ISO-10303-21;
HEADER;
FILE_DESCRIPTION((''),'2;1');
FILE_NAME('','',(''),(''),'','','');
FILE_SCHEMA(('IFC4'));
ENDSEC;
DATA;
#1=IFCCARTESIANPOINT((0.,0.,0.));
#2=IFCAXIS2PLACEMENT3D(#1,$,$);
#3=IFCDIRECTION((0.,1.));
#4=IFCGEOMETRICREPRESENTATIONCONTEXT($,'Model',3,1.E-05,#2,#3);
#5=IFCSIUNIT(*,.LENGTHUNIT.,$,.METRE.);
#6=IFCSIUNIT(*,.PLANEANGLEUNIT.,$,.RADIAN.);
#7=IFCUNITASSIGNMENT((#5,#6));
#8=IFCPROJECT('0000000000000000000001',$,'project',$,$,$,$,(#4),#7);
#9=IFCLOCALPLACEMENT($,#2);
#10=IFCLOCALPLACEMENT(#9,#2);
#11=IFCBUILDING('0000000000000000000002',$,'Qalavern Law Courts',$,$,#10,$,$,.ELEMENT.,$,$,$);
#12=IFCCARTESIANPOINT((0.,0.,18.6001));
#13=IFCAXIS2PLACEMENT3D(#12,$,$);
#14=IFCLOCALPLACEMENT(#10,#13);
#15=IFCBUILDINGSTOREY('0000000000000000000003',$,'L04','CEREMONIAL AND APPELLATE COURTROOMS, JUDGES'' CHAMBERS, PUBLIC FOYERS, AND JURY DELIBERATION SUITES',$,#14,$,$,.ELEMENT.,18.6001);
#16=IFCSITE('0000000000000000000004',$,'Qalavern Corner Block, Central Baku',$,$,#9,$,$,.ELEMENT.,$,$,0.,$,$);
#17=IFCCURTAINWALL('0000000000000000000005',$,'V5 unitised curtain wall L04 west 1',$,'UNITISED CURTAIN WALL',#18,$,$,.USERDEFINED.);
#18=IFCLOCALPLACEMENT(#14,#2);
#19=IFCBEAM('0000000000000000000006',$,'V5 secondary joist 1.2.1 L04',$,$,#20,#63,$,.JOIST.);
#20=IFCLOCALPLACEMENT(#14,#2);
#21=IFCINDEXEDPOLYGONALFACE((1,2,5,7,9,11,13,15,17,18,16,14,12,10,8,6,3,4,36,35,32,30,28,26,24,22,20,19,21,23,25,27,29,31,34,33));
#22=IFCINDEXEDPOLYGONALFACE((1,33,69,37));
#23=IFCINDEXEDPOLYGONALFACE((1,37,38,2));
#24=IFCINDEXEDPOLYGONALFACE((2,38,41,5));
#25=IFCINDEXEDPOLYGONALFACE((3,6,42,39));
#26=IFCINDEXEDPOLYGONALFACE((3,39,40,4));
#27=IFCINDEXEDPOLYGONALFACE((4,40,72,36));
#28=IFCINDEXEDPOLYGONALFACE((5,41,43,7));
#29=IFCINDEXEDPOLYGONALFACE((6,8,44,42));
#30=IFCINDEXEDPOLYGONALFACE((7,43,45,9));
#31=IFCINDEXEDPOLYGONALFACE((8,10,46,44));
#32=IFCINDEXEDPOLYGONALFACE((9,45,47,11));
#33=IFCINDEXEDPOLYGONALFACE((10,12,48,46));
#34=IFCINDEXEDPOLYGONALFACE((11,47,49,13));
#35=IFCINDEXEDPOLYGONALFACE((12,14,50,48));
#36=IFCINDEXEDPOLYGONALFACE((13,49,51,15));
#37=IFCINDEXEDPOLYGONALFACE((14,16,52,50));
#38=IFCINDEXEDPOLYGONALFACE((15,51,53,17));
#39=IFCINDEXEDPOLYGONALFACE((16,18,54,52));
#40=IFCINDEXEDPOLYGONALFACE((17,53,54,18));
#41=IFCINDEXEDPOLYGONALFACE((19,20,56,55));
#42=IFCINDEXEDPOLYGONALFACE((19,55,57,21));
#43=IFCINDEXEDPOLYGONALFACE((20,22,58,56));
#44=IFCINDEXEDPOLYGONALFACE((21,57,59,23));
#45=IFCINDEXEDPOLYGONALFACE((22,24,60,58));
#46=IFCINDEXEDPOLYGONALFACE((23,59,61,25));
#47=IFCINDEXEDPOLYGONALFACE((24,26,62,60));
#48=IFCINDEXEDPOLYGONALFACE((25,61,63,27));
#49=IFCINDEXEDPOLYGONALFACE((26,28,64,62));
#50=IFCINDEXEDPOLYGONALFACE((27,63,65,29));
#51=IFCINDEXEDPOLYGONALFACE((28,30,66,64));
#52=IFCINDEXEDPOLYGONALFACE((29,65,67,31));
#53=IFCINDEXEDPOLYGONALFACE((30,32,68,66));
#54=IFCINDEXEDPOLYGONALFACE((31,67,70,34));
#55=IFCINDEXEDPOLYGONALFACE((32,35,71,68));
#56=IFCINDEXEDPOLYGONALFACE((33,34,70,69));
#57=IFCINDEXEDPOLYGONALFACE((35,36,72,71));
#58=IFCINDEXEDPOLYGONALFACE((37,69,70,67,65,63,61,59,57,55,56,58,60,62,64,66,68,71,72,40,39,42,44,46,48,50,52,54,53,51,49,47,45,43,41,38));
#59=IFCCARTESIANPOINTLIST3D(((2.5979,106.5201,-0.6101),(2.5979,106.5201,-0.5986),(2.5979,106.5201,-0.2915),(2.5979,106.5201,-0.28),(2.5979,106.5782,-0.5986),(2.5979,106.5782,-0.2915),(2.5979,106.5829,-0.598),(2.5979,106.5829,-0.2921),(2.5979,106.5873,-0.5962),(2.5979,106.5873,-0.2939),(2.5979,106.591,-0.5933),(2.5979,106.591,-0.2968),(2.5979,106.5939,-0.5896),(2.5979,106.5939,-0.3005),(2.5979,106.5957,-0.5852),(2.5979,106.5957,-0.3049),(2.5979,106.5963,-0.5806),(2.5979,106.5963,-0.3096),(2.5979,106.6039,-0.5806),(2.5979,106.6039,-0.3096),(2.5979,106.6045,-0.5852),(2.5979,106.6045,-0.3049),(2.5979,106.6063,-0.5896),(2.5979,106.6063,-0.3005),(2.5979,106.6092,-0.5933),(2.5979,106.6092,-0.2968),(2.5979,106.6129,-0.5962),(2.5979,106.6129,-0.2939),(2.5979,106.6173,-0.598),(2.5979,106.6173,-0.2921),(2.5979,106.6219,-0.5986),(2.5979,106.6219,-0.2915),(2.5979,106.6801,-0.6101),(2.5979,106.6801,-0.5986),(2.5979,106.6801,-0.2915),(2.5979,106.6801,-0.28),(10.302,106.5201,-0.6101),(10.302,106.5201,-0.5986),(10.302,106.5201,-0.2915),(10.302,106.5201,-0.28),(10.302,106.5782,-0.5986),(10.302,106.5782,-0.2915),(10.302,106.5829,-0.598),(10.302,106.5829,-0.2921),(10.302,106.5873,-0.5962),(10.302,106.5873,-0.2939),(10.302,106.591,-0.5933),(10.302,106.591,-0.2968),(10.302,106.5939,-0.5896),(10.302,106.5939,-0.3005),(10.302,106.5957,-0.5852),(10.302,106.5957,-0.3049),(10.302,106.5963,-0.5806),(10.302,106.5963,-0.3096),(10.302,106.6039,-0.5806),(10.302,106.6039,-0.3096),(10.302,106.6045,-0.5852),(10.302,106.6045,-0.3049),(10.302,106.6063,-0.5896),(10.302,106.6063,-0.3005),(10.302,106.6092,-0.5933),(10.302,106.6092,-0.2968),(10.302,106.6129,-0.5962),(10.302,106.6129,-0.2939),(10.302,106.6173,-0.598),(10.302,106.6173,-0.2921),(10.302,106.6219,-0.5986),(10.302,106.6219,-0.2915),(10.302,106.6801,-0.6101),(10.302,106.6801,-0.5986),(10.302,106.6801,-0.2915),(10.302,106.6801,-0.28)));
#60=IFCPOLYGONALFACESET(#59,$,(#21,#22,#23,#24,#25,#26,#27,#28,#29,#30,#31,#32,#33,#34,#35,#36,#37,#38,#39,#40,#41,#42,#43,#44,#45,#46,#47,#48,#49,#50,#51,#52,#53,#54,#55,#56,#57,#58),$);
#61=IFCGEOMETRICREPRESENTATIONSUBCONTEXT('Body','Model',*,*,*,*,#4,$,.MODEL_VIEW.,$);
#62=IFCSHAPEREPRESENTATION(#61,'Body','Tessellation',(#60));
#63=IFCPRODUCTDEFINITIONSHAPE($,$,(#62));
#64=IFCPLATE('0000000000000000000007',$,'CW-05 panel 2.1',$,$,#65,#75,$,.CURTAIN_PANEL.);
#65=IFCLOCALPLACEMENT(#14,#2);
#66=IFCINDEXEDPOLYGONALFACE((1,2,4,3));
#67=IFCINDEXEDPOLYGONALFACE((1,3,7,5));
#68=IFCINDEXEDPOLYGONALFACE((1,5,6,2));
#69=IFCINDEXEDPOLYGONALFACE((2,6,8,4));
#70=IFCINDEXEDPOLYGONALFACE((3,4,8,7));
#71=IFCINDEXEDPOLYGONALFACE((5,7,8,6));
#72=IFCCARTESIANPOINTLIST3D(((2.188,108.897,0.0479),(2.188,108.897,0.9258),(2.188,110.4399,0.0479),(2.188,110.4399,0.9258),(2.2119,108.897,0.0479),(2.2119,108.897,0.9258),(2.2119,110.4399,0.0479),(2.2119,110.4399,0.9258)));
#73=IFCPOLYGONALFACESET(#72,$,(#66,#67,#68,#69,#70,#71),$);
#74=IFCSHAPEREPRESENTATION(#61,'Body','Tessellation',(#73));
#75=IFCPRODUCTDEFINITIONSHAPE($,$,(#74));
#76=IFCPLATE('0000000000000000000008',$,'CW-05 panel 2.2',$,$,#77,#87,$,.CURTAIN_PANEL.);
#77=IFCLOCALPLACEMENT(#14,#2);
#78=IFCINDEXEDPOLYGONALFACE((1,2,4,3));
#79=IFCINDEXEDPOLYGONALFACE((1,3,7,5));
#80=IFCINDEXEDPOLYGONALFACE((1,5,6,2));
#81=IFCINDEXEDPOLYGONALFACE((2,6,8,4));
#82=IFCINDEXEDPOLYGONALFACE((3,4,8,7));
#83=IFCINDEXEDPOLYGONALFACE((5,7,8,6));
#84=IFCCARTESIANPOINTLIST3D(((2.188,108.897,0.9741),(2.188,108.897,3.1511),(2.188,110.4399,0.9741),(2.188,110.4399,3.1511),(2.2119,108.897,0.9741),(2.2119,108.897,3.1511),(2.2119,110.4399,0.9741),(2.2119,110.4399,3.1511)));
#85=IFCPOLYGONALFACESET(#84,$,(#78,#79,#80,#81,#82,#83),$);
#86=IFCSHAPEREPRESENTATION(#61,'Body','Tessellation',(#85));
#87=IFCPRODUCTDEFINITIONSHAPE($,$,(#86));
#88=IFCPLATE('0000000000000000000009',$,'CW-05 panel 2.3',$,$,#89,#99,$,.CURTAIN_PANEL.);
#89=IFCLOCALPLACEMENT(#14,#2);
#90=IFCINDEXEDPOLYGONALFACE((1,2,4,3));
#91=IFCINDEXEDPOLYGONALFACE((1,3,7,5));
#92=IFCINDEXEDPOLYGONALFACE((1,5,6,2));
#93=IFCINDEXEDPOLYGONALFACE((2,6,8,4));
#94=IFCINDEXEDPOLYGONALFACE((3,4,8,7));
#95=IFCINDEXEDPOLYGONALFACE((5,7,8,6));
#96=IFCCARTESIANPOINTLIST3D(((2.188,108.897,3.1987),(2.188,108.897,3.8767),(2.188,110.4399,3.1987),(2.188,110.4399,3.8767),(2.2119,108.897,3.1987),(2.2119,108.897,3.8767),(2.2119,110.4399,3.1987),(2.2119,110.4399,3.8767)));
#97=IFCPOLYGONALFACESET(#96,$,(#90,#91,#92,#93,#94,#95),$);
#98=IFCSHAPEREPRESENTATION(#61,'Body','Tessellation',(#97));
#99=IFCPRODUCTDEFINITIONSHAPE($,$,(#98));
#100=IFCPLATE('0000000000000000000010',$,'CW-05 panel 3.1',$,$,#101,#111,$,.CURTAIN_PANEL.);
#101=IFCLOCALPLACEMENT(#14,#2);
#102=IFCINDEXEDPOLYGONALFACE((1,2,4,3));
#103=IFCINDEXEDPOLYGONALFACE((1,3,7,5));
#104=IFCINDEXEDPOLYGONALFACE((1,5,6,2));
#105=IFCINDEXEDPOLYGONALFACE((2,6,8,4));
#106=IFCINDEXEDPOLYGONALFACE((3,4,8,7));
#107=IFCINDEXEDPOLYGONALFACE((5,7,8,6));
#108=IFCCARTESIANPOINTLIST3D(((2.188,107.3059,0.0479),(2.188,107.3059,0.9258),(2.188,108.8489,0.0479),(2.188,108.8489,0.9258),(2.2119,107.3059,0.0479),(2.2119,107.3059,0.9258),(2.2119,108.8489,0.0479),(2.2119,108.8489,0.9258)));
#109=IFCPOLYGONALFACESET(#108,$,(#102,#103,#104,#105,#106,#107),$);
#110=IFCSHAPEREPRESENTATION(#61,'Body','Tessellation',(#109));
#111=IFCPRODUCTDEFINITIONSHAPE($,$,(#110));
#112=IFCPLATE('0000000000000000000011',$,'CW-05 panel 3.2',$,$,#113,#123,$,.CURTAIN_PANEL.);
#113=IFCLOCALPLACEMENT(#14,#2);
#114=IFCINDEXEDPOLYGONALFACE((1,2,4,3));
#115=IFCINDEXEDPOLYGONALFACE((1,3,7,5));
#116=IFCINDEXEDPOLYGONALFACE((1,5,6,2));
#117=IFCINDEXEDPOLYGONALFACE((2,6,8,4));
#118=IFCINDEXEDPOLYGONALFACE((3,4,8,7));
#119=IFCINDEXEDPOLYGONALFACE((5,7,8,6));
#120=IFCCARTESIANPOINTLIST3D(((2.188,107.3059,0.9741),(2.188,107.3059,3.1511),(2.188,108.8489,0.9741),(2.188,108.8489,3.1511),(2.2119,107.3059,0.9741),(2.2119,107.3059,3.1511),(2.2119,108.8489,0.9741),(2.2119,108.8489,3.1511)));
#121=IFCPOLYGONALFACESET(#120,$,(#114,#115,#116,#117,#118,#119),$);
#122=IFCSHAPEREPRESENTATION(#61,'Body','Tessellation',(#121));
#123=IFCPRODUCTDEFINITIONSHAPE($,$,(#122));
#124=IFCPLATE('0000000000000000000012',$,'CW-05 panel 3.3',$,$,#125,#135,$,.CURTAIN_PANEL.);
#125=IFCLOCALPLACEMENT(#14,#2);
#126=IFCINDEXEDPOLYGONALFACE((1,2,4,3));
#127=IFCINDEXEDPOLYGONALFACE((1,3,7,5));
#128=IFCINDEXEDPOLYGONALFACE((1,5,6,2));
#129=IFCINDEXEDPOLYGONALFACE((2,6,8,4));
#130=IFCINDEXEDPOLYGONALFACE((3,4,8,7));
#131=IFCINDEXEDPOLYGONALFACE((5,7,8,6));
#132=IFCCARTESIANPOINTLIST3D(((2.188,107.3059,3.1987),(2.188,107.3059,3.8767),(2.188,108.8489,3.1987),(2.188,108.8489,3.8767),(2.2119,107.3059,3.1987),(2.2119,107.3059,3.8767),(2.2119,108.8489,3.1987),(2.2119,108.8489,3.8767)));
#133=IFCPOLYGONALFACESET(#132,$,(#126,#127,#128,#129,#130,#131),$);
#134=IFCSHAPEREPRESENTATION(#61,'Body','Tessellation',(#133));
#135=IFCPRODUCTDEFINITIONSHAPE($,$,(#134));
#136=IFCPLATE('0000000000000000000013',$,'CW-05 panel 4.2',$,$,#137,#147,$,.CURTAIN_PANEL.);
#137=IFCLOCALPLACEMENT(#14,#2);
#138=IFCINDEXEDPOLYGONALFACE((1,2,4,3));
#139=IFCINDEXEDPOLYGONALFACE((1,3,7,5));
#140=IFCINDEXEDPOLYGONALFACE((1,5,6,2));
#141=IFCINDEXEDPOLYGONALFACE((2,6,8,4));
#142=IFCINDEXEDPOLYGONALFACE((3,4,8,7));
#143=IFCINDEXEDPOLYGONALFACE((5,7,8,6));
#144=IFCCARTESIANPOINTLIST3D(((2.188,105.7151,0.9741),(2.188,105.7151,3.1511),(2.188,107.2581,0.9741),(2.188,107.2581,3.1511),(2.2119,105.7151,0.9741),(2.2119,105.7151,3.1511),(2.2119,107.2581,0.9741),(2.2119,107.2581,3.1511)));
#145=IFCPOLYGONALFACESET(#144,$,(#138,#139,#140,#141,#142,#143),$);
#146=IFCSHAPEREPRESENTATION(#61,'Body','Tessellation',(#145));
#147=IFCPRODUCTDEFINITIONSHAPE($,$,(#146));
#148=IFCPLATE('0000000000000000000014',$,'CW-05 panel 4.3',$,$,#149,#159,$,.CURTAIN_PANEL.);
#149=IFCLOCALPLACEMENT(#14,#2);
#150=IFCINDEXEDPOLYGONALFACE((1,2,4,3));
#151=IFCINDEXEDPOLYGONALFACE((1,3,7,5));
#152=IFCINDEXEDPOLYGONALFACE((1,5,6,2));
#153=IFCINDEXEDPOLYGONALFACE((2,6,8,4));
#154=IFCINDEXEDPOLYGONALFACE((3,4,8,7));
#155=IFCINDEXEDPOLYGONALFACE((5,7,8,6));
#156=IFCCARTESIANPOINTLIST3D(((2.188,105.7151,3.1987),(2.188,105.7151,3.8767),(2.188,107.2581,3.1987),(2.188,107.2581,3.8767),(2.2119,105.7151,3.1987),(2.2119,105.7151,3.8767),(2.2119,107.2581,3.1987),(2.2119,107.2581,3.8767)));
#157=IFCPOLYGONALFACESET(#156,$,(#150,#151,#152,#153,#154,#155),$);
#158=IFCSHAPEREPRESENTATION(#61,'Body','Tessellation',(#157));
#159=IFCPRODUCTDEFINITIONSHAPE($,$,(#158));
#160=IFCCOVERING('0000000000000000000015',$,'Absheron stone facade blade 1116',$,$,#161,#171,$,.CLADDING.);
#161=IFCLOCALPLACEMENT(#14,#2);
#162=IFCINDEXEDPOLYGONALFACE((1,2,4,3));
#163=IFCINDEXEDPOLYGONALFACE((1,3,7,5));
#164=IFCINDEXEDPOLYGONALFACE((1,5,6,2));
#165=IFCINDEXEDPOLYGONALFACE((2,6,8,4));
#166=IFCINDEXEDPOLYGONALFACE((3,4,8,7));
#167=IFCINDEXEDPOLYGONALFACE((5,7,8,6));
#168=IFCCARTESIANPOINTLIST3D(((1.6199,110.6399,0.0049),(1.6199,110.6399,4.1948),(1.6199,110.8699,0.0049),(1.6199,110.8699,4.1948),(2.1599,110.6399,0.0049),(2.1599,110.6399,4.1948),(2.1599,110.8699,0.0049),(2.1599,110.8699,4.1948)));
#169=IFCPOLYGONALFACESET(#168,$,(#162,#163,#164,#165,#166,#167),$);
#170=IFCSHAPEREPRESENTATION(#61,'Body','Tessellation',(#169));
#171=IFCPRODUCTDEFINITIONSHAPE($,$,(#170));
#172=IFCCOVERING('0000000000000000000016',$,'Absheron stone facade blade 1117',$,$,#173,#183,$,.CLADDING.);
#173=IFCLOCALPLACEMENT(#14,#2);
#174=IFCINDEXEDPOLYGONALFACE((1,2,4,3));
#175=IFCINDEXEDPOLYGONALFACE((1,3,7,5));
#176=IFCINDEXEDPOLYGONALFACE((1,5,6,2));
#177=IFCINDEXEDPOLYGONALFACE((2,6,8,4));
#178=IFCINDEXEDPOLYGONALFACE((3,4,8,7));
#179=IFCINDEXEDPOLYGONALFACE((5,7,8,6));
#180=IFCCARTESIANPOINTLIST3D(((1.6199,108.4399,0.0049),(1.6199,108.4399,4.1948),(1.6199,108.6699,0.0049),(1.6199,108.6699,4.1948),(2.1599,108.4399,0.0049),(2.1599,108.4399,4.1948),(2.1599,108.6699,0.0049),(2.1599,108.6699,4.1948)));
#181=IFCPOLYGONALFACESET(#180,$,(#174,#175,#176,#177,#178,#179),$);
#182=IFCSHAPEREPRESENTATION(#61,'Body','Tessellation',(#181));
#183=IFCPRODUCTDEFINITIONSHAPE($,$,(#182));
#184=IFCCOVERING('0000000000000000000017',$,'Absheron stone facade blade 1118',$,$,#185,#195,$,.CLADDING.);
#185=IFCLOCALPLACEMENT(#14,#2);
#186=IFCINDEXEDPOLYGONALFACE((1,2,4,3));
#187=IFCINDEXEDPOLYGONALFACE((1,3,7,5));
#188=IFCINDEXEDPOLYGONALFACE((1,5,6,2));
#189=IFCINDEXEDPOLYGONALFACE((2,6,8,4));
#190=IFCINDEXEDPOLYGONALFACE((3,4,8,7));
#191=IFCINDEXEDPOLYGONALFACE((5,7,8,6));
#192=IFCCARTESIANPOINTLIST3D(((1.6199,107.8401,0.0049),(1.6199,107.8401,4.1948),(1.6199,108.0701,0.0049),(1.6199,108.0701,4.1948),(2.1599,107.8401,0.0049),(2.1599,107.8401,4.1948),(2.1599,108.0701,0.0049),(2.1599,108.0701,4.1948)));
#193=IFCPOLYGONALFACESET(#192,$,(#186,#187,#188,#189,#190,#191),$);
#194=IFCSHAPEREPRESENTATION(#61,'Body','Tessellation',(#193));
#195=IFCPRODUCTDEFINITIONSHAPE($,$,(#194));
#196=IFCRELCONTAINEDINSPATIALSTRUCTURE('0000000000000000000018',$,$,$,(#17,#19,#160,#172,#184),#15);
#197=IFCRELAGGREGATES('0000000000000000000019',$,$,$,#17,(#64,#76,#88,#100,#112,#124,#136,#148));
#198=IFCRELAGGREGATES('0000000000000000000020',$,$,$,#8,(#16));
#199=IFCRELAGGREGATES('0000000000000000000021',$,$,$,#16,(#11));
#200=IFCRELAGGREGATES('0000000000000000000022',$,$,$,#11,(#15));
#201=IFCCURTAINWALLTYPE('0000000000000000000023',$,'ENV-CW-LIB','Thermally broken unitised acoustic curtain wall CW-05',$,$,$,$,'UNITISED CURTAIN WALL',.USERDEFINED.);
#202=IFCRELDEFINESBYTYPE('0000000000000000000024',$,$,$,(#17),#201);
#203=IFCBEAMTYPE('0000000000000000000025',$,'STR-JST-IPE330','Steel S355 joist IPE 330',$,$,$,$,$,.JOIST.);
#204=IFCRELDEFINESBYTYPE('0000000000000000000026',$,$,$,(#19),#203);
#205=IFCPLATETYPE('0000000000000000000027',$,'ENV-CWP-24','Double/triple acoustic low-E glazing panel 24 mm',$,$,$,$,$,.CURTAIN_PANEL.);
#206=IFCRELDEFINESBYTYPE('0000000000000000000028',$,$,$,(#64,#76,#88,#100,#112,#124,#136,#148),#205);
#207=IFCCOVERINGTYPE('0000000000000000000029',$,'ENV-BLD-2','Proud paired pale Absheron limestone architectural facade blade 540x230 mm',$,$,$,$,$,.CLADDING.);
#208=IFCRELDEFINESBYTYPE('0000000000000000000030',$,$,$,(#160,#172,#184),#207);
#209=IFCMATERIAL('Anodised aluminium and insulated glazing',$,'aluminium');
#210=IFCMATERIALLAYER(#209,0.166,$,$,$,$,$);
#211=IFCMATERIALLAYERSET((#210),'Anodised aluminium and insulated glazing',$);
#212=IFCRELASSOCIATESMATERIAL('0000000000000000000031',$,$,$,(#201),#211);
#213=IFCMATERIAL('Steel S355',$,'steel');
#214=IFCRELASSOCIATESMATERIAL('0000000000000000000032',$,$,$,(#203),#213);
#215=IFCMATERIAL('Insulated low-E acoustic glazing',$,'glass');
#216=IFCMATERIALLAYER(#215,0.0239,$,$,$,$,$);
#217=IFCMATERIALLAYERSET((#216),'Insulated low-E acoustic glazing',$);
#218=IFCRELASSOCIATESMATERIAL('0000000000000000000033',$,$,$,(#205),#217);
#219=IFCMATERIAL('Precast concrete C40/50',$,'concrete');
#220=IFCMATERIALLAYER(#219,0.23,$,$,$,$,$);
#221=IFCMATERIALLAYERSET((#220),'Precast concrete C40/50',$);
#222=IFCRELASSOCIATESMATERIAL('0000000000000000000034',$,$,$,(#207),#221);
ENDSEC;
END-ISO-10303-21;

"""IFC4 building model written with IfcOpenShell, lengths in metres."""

from ifc_helpers import new_model, si_unit, direction, frame, origin, origin_2d, place, context, subcontext, project, spatial, rectangle, i_section, extrude, material, layer, layer_set, material_profile, profile_set, type_object, element, aggregate, save


model = new_model("IFC4")

# Units and contexts
model_context = context("Model", 3, precision=1e-05, world=origin(), true_north=direction((0.0, 1.0)))
body_context = subcontext(model_context, "Body", "Model", "MODEL_VIEW")
ifc_project = project(units=[si_unit("LENGTHUNIT", "METRE"), si_unit("PLANEANGLEUNIT", "RADIAN")], contexts=[model_context])

# Site, building, storey
site_placement = place(None, origin())
site = spatial("IfcSite", under=ifc_project, at=site_placement, Name="Qalavern Corner Block, Central Baku", CompositionType="ELEMENT", RefElevation=0.0)
building_placement = place(site_placement, origin())
building = spatial("IfcBuilding", under=site, at=building_placement, Name="Qalavern Law Courts", CompositionType="ELEMENT")
storey_placement = place(building_placement, frame((0.0, 0.0, 18.6001)))
storey = spatial("IfcBuildingStorey", under=building, at=storey_placement, Name="L04", Description="CEREMONIAL AND APPELLATE COURTROOMS, JUDGES' CHAMBERS, PUBLIC FOYERS, AND JURY DELIBERATION SUITES", CompositionType="ELEMENT", Elevation=18.6001)

# Curtain wall
ifc_material_1 = material(Name="Anodised aluminium and insulated glazing", Category="aluminium")
ifc_layer_1 = layer(ifc_material_1, 0.166)
ifc_layer_set_1 = layer_set([ifc_layer_1], Name="Anodised aluminium and insulated glazing")
curtain_wall_type = type_object("IfcCurtainWallType", Name="ENV-CW-LIB", Description="Thermally broken unitised acoustic curtain wall CW-05", ElementType="UNITISED CURTAIN WALL", PredefinedType="USERDEFINED", material=ifc_layer_set_1)
curtain_wall_placement = place(storey_placement, origin())
curtain_wall = element("IfcCurtainWall", 1, at=curtain_wall_placement, inside=storey, type_object=curtain_wall_type, Name="V5 unitised curtain wall L04 west 1", ObjectType="UNITISED CURTAIN WALL", PredefinedType="USERDEFINED")

# Beam
ifc_material_2 = material(Name="Steel S355", Category="steel")
ifc_material_profile_1 = material_profile(ifc_material_2, i_section(OverallWidth=0.1599, OverallDepth=0.3301, WebThickness=0.0076, FlangeThickness=0.0115, FilletRadius=0.0181, at=origin_2d()), Name="IPE 330")
ifc_profile_set_1 = profile_set([ifc_material_profile_1], Name="Steel S355")
beam_type_1 = type_object("IfcBeamType", Name="STR-JST-IPE330", Description="Steel S355 joist IPE 330", PredefinedType="JOIST", material=ifc_profile_set_1)
beam_1_placement = place(storey_placement, frame((2.5979, 106.6001, -0.4451), z_axis=(1.0, 0.0, 0.0), x_axis=(0.0, 1.0, 0.0)))
element("IfcBeam", 2, at=beam_1_placement, inside=storey, type_object=beam_type_1, Name="V5 secondary joist 1.2.1 L04", PredefinedType="JOIST", context=body_context, shape_type="SweptSolid", body=[
    extrude(i_section(OverallWidth=0.1599, OverallDepth=0.3301, WebThickness=0.0076, FlangeThickness=0.0115, FilletRadius=0.0181, at=origin_2d()), origin(), (0.0, 0.0, 1.0), 7.7041),
])

# Plates
ifc_material_3 = material(Name="Insulated low-E acoustic glazing", Category="glass")
ifc_layer_2 = layer(ifc_material_3, 0.0239)
ifc_layer_set_2 = layer_set([ifc_layer_2], Name="Insulated low-E acoustic glazing")
plate_type = type_object("IfcPlateType", Name="ENV-CWP-24", Description="Double/triple acoustic low-E glazing panel 24 mm", PredefinedType="CURTAIN_PANEL", material=ifc_layer_set_2)
plate_1_placement = place(storey_placement, frame((2.2, 109.6685, 0.0479), z_axis=(0.0, 0.0, 1.0), x_axis=(0.0, -1.0, 0.0)))
plate_1 = element("IfcPlate", 3, at=plate_1_placement, type_object=plate_type, Name="CW-05 panel 2.1", PredefinedType="CURTAIN_PANEL", context=body_context, shape_type="SweptSolid", body=[
    extrude(rectangle(XDim=1.543, YDim=0.0239, at=origin_2d()), origin(), (0.0, 0.0, 1.0), 0.8779),
])
plate_2_placement = place(storey_placement, frame((2.2, 109.6685, 0.9741), z_axis=(0.0, 0.0, 1.0), x_axis=(0.0, -1.0, 0.0)))
plate_2 = element("IfcPlate", 4, at=plate_2_placement, type_object=plate_type, Name="CW-05 panel 2.2", PredefinedType="CURTAIN_PANEL", context=body_context, shape_type="SweptSolid", body=[
    extrude(rectangle(XDim=1.543, YDim=0.0239, at=origin_2d()), origin(), (0.0, 0.0, 1.0), 2.177),
])
plate_3_placement = place(storey_placement, frame((2.2, 109.6685, 3.1987), z_axis=(0.0, 0.0, 1.0), x_axis=(0.0, -1.0, 0.0)))
plate_3 = element("IfcPlate", 5, at=plate_3_placement, type_object=plate_type, Name="CW-05 panel 2.3", PredefinedType="CURTAIN_PANEL", context=body_context, shape_type="SweptSolid", body=[
    extrude(rectangle(XDim=1.543, YDim=0.0239, at=origin_2d()), origin(), (0.0, 0.0, 1.0), 0.678),
])
plate_4_placement = place(storey_placement, frame((2.2, 108.0774, 0.0479), z_axis=(0.0, 0.0, 1.0), x_axis=(0.0, -1.0, 0.0)))
plate_4 = element("IfcPlate", 6, at=plate_4_placement, type_object=plate_type, Name="CW-05 panel 3.1", PredefinedType="CURTAIN_PANEL", context=body_context, shape_type="SweptSolid", body=[
    extrude(rectangle(XDim=1.543, YDim=0.0239, at=origin_2d()), origin(), (0.0, 0.0, 1.0), 0.8779),
])
plate_5_placement = place(storey_placement, frame((2.2, 108.0774, 0.9741), z_axis=(0.0, 0.0, 1.0), x_axis=(0.0, -1.0, 0.0)))
plate_5 = element("IfcPlate", 7, at=plate_5_placement, type_object=plate_type, Name="CW-05 panel 3.2", PredefinedType="CURTAIN_PANEL", context=body_context, shape_type="SweptSolid", body=[
    extrude(rectangle(XDim=1.543, YDim=0.0239, at=origin_2d()), origin(), (0.0, 0.0, 1.0), 2.177),
])
plate_6_placement = place(storey_placement, frame((2.2, 108.0774, 3.1987), z_axis=(0.0, 0.0, 1.0), x_axis=(0.0, -1.0, 0.0)))
plate_6 = element("IfcPlate", 8, at=plate_6_placement, type_object=plate_type, Name="CW-05 panel 3.3", PredefinedType="CURTAIN_PANEL", context=body_context, shape_type="SweptSolid", body=[
    extrude(rectangle(XDim=1.543, YDim=0.0239, at=origin_2d()), origin(), (0.0, 0.0, 1.0), 0.678),
])
plate_7_placement = place(storey_placement, frame((2.2, 106.4866, 0.9741), z_axis=(0.0, 0.0, 1.0), x_axis=(0.0, -1.0, 0.0)))
plate_7 = element("IfcPlate", 9, at=plate_7_placement, type_object=plate_type, Name="CW-05 panel 4.2", PredefinedType="CURTAIN_PANEL", context=body_context, shape_type="SweptSolid", body=[
    extrude(rectangle(XDim=1.543, YDim=0.0239, at=origin_2d()), origin(), (0.0, 0.0, 1.0), 2.177),
])
plate_8_placement = place(storey_placement, frame((2.2, 106.4866, 3.1987), z_axis=(0.0, 0.0, 1.0), x_axis=(0.0, -1.0, 0.0)))
plate_8 = element("IfcPlate", 10, at=plate_8_placement, type_object=plate_type, Name="CW-05 panel 4.3", PredefinedType="CURTAIN_PANEL", context=body_context, shape_type="SweptSolid", body=[
    extrude(rectangle(XDim=1.543, YDim=0.0239, at=origin_2d()), origin(), (0.0, 0.0, 1.0), 0.678),
])
aggregate(curtain_wall, [plate_1, plate_2, plate_3, plate_4, plate_5, plate_6, plate_7, plate_8])

# Coverings
ifc_material_4 = material(Name="Precast concrete C40/50", Category="concrete")
ifc_layer_3 = layer(ifc_material_4, 0.23)
ifc_layer_set_3 = layer_set([ifc_layer_3], Name="Precast concrete C40/50")
covering_type = type_object("IfcCoveringType", Name="ENV-BLD-2", Description="Proud paired pale Absheron limestone architectural facade blade 540x230 mm", PredefinedType="CLADDING", material=ifc_layer_set_3)
for number, where, z_axis, x_axis, name in (
    (11, (1.8899, 110.7549, 0.0049), (0.0, 0.0, 1.0), (-1.0, 0.0, 0.0), "Absheron stone facade blade 1116"),
    (12, (1.8899, 108.5549, 0.0049), (0.0, 0.0, 1.0), (-1.0, 0.0, 0.0), "Absheron stone facade blade 1117"),
    (13, (1.8899, 107.9551, 0.0049), (0.0, 0.0, 1.0), (-1.0, 0.0, 0.0), "Absheron stone facade blade 1118"),
):
    element("IfcCovering", number, at=place(storey_placement, frame(where, z_axis=z_axis, x_axis=x_axis)), inside=storey, type_object=covering_type, Name=name, PredefinedType="CLADDING", context=body_context, shape_type="SweptSolid", body=[
        extrude(rectangle(XDim=0.54, YDim=0.23, at=origin_2d()), origin(), (0.0, 0.0, 1.0), 4.1899),
    ])

save(model, "model.ifc")
